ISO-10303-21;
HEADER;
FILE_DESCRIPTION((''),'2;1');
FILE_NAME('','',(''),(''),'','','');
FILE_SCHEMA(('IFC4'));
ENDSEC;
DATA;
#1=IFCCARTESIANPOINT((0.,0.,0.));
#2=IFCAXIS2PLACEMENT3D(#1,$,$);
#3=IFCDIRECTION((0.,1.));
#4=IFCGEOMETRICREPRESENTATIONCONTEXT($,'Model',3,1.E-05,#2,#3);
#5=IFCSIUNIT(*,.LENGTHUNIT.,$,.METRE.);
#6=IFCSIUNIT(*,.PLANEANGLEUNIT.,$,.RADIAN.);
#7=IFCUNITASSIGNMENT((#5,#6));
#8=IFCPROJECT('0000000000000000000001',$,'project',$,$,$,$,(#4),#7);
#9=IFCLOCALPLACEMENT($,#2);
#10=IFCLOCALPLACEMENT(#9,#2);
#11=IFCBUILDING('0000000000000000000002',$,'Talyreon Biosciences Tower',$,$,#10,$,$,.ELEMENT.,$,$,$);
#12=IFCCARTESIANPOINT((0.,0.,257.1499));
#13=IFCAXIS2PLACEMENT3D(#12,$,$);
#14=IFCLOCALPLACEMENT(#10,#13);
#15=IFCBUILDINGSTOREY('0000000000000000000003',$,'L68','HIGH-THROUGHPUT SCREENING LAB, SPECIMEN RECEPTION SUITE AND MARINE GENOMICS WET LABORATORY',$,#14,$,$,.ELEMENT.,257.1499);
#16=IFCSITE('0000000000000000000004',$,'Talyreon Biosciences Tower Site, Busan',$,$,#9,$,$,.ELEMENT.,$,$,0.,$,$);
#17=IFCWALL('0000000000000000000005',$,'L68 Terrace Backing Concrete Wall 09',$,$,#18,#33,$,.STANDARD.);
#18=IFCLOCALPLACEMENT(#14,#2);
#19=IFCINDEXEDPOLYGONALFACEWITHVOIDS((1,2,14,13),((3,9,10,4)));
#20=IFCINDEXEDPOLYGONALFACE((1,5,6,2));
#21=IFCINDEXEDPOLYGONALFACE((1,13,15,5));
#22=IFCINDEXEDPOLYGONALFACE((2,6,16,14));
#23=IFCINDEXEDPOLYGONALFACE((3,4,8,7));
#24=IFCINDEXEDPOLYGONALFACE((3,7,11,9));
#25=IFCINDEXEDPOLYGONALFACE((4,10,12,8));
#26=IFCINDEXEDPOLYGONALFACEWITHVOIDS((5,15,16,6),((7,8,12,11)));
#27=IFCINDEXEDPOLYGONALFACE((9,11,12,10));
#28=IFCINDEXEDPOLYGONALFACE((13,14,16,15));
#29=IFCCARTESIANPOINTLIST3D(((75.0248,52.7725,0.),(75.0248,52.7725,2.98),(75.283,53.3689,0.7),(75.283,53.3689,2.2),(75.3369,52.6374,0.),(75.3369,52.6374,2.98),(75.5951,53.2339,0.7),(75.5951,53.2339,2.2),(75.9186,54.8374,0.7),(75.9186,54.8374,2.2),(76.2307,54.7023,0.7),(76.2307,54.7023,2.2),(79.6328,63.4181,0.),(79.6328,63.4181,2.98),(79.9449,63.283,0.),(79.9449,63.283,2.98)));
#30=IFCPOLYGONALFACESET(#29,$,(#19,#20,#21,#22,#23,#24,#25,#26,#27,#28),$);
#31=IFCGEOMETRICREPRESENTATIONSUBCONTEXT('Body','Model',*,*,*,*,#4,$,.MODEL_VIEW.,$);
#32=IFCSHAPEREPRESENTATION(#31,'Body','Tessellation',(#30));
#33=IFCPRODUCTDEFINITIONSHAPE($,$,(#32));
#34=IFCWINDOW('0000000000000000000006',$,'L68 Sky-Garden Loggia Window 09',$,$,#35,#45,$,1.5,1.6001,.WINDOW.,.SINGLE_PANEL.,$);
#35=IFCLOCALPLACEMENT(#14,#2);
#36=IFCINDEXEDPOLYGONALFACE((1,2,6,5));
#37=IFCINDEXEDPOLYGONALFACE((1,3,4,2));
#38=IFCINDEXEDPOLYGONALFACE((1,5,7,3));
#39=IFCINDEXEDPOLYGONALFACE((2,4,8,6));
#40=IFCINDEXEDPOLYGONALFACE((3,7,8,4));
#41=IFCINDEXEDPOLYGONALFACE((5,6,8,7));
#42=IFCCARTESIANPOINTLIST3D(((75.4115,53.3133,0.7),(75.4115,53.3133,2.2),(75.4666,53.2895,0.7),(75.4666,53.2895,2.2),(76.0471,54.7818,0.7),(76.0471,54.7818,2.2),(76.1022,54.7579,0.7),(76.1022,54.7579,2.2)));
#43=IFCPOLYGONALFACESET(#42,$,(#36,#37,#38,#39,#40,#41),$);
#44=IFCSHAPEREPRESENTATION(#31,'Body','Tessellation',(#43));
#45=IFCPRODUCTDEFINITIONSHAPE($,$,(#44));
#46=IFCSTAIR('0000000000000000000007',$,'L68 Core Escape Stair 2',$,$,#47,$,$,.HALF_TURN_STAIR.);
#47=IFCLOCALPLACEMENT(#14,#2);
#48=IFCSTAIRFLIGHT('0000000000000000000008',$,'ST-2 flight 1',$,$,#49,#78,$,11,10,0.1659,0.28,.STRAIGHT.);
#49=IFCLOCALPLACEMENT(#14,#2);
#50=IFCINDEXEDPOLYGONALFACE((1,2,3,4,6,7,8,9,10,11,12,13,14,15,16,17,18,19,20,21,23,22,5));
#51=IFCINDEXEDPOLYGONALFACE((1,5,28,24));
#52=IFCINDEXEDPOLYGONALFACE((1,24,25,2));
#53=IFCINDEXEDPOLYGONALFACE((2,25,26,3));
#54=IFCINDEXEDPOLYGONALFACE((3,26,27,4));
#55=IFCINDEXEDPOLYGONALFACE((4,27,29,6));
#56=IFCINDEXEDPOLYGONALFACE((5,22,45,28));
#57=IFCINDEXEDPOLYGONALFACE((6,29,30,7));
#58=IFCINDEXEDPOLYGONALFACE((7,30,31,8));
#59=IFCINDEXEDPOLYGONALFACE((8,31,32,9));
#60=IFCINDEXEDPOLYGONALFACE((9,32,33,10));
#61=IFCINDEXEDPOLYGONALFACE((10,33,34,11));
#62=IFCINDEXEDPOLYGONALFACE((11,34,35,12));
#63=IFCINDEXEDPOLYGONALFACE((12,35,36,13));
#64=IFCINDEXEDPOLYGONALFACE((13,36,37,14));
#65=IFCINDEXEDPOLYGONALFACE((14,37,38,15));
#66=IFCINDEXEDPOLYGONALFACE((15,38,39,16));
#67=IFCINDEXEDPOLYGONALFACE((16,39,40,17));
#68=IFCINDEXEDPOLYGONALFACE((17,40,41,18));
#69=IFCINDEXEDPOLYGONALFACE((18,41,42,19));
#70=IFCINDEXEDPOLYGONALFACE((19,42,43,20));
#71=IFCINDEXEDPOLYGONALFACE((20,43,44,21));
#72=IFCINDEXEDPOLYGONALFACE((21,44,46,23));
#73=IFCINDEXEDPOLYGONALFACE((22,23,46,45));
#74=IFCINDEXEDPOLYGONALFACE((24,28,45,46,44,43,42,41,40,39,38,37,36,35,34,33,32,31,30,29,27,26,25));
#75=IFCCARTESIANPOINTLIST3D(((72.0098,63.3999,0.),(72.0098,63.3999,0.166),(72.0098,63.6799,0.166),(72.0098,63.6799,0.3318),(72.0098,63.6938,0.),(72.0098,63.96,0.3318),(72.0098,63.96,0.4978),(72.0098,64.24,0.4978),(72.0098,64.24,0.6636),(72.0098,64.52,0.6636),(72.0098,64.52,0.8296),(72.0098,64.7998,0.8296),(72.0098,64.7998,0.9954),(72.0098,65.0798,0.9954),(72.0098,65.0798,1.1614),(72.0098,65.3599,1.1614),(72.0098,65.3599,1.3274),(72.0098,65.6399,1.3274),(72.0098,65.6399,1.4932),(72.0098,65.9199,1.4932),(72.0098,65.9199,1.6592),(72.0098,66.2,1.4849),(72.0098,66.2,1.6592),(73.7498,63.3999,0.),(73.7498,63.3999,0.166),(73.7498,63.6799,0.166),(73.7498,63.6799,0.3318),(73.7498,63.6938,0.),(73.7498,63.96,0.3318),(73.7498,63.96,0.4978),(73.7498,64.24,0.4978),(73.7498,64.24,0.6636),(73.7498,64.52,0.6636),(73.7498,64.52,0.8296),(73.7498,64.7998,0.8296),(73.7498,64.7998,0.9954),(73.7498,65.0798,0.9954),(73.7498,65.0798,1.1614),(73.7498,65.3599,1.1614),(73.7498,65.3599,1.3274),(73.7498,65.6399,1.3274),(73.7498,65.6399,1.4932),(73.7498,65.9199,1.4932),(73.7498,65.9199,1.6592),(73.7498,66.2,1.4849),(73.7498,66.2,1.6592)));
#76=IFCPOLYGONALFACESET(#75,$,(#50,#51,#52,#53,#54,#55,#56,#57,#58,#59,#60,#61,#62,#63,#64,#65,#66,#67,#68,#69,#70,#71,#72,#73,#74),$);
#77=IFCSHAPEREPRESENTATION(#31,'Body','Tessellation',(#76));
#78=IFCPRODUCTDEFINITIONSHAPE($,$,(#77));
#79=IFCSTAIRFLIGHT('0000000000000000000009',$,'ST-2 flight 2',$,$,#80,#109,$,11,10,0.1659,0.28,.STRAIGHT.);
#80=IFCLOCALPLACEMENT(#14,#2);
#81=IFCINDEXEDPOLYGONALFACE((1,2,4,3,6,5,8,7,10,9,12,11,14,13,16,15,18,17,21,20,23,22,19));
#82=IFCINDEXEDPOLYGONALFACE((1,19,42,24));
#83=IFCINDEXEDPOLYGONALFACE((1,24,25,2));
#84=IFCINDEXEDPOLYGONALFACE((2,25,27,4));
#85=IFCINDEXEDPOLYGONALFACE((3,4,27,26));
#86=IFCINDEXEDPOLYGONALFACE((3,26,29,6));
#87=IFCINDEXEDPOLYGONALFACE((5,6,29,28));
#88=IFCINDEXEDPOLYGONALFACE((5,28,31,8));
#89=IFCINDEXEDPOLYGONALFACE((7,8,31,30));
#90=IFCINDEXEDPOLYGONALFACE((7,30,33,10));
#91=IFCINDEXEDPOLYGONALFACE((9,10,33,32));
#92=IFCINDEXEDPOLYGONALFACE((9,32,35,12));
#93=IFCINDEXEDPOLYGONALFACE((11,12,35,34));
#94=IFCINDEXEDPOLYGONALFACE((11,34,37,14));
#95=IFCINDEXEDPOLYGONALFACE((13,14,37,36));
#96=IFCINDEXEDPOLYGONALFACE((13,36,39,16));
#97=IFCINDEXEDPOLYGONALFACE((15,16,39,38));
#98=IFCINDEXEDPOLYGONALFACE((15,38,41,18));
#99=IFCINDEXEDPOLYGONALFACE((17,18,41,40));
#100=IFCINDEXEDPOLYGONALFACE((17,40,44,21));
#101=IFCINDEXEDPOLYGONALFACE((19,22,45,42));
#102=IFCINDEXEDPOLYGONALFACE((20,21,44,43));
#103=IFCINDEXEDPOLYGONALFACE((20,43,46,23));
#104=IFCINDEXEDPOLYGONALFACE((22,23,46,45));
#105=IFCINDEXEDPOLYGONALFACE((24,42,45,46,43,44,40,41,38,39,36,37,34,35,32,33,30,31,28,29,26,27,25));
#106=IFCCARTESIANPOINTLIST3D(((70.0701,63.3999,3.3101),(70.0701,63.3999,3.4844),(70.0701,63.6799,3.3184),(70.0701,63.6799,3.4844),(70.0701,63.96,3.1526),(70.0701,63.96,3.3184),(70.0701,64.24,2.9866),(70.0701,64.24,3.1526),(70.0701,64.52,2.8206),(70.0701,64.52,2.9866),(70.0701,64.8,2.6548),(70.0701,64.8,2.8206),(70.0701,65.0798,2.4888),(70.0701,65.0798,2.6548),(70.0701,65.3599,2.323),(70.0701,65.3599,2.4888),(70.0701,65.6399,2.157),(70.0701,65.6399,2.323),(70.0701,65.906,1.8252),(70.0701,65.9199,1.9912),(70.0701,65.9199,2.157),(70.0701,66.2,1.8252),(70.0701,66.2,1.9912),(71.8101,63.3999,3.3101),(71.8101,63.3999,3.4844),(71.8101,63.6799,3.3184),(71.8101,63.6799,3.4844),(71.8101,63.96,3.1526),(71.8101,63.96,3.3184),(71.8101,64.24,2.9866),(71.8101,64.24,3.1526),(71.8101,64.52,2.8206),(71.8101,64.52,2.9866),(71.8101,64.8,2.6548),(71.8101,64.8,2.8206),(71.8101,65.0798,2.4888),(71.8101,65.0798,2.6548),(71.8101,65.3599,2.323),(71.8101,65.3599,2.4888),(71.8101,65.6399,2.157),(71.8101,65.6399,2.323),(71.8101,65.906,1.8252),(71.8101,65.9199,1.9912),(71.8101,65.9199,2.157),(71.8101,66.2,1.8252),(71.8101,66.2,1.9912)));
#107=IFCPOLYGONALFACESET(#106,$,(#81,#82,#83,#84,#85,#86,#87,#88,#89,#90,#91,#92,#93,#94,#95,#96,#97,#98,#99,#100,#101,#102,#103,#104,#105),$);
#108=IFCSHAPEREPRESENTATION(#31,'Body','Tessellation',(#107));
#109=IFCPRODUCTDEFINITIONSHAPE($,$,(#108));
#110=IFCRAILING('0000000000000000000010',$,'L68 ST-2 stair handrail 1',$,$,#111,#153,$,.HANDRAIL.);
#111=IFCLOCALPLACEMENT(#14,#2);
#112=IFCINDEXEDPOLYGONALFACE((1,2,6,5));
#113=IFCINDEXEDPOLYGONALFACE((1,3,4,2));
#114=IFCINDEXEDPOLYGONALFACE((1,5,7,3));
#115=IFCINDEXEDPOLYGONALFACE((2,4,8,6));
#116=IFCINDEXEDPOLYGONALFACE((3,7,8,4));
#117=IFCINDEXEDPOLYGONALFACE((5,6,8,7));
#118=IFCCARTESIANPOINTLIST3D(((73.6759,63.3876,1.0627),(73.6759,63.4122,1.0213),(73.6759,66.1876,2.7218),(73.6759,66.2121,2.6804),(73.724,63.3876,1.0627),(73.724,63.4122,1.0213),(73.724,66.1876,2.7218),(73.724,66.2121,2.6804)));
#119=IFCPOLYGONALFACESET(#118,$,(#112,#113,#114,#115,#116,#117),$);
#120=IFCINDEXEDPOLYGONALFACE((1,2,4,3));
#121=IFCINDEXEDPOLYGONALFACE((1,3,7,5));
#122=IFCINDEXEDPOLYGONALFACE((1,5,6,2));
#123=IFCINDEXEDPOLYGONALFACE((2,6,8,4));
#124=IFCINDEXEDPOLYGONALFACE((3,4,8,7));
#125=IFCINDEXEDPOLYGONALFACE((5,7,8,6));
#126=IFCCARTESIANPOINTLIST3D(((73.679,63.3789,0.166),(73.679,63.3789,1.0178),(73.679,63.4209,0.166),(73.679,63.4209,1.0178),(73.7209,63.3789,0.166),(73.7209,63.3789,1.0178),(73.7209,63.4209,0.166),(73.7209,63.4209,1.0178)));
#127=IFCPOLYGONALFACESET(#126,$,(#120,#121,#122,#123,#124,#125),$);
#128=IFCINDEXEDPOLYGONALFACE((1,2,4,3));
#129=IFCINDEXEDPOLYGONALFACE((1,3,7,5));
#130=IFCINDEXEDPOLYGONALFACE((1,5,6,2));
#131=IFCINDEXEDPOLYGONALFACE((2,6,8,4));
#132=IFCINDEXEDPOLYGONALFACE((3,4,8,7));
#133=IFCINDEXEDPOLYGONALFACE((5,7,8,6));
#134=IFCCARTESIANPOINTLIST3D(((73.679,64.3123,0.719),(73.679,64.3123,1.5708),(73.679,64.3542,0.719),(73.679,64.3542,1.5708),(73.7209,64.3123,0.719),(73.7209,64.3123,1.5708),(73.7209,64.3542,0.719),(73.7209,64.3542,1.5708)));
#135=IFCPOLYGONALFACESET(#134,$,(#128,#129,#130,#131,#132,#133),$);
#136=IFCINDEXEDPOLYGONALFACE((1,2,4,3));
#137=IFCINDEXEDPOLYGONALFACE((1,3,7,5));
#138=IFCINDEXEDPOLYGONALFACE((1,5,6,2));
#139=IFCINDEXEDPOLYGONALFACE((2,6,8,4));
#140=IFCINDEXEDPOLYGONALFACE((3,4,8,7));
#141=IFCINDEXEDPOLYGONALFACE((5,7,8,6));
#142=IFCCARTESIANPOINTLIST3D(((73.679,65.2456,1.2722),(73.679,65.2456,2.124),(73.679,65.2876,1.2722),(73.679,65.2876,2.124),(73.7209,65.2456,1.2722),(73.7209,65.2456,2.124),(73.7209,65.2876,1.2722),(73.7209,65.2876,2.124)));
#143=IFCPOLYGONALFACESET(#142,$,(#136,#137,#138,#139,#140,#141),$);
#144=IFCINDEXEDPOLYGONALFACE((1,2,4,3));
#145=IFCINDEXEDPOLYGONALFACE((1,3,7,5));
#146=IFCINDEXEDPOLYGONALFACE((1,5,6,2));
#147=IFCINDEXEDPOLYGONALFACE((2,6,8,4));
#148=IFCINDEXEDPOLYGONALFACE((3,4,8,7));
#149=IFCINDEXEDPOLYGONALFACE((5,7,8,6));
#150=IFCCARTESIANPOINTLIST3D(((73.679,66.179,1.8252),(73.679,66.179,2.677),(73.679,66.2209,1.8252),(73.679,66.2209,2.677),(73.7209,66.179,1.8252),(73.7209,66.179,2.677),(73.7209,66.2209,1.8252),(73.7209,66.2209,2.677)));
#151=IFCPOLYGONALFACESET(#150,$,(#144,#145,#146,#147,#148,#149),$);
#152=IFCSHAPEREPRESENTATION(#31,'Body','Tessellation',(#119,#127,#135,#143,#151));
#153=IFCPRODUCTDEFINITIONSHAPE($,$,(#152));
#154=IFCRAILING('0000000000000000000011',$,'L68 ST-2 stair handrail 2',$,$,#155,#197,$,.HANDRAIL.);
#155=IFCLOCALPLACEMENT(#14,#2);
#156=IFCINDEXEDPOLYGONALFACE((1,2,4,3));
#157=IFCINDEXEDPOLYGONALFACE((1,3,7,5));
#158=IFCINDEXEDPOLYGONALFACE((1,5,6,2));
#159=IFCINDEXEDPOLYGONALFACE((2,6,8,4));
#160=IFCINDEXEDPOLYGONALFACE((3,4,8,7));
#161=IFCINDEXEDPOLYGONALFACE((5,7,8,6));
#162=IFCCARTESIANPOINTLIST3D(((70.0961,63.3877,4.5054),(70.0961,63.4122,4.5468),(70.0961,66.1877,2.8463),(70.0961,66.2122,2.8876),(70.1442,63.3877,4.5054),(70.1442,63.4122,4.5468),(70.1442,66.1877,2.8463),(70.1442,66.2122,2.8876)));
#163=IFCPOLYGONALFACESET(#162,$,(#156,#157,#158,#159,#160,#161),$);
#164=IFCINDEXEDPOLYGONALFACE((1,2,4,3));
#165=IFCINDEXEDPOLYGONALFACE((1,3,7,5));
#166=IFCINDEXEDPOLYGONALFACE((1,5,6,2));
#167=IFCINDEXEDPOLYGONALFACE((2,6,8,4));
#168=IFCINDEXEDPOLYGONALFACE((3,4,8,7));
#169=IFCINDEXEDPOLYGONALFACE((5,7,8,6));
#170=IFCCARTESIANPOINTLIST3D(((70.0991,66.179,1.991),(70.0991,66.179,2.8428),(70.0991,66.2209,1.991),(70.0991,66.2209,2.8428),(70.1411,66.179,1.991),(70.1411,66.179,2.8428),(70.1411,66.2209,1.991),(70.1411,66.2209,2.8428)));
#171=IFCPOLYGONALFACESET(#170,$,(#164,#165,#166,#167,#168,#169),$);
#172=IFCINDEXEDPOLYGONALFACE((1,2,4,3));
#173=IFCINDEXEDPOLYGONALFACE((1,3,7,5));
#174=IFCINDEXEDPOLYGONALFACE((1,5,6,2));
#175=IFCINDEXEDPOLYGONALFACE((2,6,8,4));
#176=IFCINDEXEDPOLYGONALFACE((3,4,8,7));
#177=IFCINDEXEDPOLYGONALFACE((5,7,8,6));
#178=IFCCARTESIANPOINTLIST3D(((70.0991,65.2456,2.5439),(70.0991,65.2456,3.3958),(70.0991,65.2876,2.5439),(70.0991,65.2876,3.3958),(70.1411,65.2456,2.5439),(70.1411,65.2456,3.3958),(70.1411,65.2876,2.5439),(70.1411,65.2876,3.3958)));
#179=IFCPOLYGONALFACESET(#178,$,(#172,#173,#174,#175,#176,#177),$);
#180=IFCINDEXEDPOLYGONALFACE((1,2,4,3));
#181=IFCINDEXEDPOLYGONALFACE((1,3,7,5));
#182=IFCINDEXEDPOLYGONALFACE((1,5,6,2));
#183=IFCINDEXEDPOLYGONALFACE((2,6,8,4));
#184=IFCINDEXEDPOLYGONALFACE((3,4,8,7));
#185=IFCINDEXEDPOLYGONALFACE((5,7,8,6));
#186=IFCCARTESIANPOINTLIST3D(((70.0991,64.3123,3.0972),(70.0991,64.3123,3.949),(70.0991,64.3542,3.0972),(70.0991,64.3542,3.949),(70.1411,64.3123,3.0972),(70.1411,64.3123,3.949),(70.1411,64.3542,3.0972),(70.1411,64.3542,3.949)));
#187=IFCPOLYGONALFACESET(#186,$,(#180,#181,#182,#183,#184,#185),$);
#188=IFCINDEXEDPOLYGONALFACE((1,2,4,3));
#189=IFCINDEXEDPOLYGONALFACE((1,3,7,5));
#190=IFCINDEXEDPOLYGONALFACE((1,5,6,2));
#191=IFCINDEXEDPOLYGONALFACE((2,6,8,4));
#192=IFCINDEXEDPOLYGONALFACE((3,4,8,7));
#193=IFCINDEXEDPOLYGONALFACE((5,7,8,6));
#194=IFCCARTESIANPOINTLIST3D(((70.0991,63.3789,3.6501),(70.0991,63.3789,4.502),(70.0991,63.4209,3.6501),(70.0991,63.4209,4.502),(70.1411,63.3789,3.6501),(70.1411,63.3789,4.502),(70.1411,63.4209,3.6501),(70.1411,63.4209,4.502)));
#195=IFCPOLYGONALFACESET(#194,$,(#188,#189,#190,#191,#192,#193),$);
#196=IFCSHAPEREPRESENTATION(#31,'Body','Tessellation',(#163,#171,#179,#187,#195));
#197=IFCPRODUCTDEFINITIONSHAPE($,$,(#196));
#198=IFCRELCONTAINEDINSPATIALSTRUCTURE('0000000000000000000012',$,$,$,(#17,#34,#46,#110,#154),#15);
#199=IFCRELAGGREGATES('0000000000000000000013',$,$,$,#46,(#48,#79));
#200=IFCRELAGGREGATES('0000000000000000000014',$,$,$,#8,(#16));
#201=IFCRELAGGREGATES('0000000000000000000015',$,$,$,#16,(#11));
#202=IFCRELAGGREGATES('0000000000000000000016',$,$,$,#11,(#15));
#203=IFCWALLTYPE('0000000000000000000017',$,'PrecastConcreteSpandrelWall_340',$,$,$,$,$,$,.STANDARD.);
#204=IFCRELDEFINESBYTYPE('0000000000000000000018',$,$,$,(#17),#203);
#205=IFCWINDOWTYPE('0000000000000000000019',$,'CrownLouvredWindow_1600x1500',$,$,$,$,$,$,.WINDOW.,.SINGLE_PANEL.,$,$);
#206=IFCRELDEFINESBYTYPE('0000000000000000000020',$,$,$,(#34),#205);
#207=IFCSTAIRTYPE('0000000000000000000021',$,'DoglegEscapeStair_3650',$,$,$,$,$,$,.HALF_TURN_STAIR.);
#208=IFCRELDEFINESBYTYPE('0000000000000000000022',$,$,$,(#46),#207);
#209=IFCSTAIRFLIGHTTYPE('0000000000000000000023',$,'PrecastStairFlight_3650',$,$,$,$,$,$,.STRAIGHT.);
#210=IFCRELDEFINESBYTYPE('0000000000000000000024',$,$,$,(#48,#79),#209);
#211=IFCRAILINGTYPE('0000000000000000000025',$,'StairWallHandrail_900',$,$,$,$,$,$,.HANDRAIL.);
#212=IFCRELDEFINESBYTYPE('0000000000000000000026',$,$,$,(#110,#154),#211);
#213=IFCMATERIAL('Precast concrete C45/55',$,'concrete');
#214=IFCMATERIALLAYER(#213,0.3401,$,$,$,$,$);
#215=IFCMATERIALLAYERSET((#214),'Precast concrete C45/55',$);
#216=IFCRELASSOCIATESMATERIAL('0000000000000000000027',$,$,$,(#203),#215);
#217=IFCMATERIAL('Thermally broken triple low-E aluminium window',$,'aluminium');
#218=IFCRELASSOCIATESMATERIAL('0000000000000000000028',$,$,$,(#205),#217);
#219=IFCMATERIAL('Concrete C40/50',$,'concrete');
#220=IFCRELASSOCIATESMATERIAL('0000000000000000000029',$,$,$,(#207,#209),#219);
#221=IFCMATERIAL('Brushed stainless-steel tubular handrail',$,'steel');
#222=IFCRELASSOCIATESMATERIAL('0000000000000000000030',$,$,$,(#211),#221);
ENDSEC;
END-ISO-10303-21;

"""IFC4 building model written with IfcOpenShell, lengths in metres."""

from ifc_helpers import new_model, si_unit, direction, frame, frame_2d, origin, origin_2d, place, context, subcontext, project, spatial, polyline, rectangle, outline, extrude, material, layer, layer_set, type_object, element, fill, aggregate, save


model = new_model("IFC4")

# Units and contexts
model_context = context("Model", 3, precision=1e-05, world=origin(), true_north=direction((0.0, 1.0)))
body_context = subcontext(model_context, "Body", "Model", "MODEL_VIEW")
ifc_project = project(units=[si_unit("LENGTHUNIT", "METRE"), si_unit("PLANEANGLEUNIT", "RADIAN")], contexts=[model_context])

# Site, building, storey
site_placement = place(None, origin())
site = spatial("IfcSite", under=ifc_project, at=site_placement, Name="Talyreon Biosciences Tower Site, Busan", CompositionType="ELEMENT", RefElevation=0.0)
building_placement = place(site_placement, origin())
building = spatial("IfcBuilding", under=site, at=building_placement, Name="Talyreon Biosciences Tower", CompositionType="ELEMENT")
storey_placement = place(building_placement, frame((0.0, 0.0, 257.1499)))
storey = spatial("IfcBuildingStorey", under=building, at=storey_placement, Name="L68", Description="HIGH-THROUGHPUT SCREENING LAB, SPECIMEN RECEPTION SUITE AND MARINE GENOMICS WET LABORATORY", CompositionType="ELEMENT", Elevation=257.1499)

# Shared definitions
ifc_material_1 = material(Name="Precast concrete C45/55", Category="concrete")
ifc_layer_1 = layer(ifc_material_1, 0.3401)
ifc_layer_set_1 = layer_set([ifc_layer_1], Name="Precast concrete C45/55")
wall_type_1 = type_object("IfcWallType", Name="PrecastConcreteSpandrelWall_340", PredefinedType="STANDARD", material=ifc_layer_set_1)

# Wall, opening, window
wall_1_placement = place(storey_placement, frame((79.7888, 63.3506, 0.0), z_axis=(0.0, 0.0, 1.0), x_axis=(-0.397234, -0.917717, 0.0)))
wall_1 = element("IfcWall", 1, at=wall_1_placement, inside=storey, type_object=wall_type_1, Name="L68 Terrace Backing Concrete Wall 09", PredefinedType="STANDARD", context=body_context, shape_type="SweptSolid", body=[
    extrude(rectangle(XDim=11.6001, YDim=0.3401, at=frame_2d((5.8, 0.0))), origin(), (0.0, 0.0, 1.0), 2.98),
])
opening_1_placement = place(wall_1_placement, frame((9.3501, 0.0, 0.7)))
opening_1 = element("IfcOpeningElement", 2, at=opening_1_placement, cuts=wall_1, PredefinedType="OPENING", context=body_context, shape_type="SweptSolid", body=[
    extrude(rectangle(XDim=1.6001, YDim=1.5, at=frame_2d((0.8, 0.75))), frame((0.0, 0.1799, 0.0), z_axis=(0.0, -1.0, 0.0), x_axis=(1.0, 0.0, 0.0)), (0.0, 0.0, 1.0), 0.3601),
])
ifc_material_2 = material(Name="Thermally broken triple low-E aluminium window", Category="aluminium")
window_type = type_object("IfcWindowType", Name="CrownLouvredWindow_1600x1500", PartitioningType="SINGLE_PANEL", PredefinedType="WINDOW", material=ifc_material_2)
window_placement = place(opening_1_placement, origin())
window = element("IfcWindow", 3, at=window_placement, inside=storey, type_object=window_type, Name="L68 Sky-Garden Loggia Window 09", OverallHeight=1.5, OverallWidth=1.6001, PartitioningType="SINGLE_PANEL", PredefinedType="WINDOW", context=body_context, shape_type="SweptSolid", body=[
    extrude(rectangle(XDim=1.6001, YDim=1.5, at=frame_2d((0.8, 0.75))), frame((0.0, 0.03, 0.0), z_axis=(0.0, -1.0, 0.0), x_axis=(1.0, 0.0, 0.0)), (0.0, 0.0, 1.0), 0.0601),
])
fill(opening_1, window)

# Stair, stair flights
ifc_material_3 = material(Name="Concrete C40/50", Category="concrete")
stair_type = type_object("IfcStairType", Name="DoglegEscapeStair_3650", PredefinedType="HALF_TURN_STAIR", material=ifc_material_3)
stair_placement = place(storey_placement, origin())
stair = element("IfcStair", 4, at=stair_placement, inside=storey, type_object=stair_type, Name="L68 Core Escape Stair 2", PredefinedType="HALF_TURN_STAIR")
stair_flight_type = type_object("IfcStairFlightType", Name="PrecastStairFlight_3650", PredefinedType="STRAIGHT", material=ifc_material_3)
stair_flight_1_placement = place(storey_placement, frame((72.8799, 63.3999, 0.0), z_axis=(0.0, 0.0, 1.0), x_axis=(0.0, 1.0, 0.0)))
stair_flight_1 = element("IfcStairFlight", 5, at=stair_flight_1_placement, type_object=stair_flight_type, Name="ST-2 flight 1", NumberOfRisers=11, NumberOfTreads=10, PredefinedType="STRAIGHT", RiserHeight=0.1659, TreadLength=0.28, context=body_context, shape_type="SweptSolid", body=[
    extrude(outline(polyline([(0.0, 0.0), (0.0, 0.166), (0.28, 0.166), (0.28, 0.3318), (0.5601, 0.3318), (0.5601, 0.4978), (0.8401, 0.4978), (0.8401, 0.6636), (1.1201, 0.6636), (1.1201, 0.8296), (1.3999, 0.8296), (1.3999, 0.9954), (1.6799, 0.9954), (1.6799, 1.1614), (1.96, 1.1614), (1.96, 1.3274), (2.24, 1.3274), (2.24, 1.4932), (2.52, 1.4932), (2.52, 1.6592), (2.8, 1.6592), (2.8, 1.825), (2.8, 1.4849), (0.2939, 0.0), (0.0, 0.0)])), frame((0.0, 0.8701, 0.0), z_axis=(0.0, -1.0, 0.0), x_axis=(1.0, 0.0, 0.0)), (0.0, 0.0, 1.0), 1.74),
])
stair_flight_2_placement = place(storey_placement, frame((70.9399, 66.2, 1.8252), z_axis=(0.0, 0.0, 1.0), x_axis=(0.0, -1.0, 0.0)))
stair_flight_2 = element("IfcStairFlight", 6, at=stair_flight_2_placement, type_object=stair_flight_type, Name="ST-2 flight 2", NumberOfRisers=11, NumberOfTreads=10, PredefinedType="STRAIGHT", RiserHeight=0.1659, TreadLength=0.28, context=body_context, shape_type="SweptSolid", body=[
    extrude(outline(polyline([(0.0, 0.0), (0.0, 0.166), (0.28, 0.166), (0.28, 0.3318), (0.5601, 0.3318), (0.5601, 0.4978), (0.8401, 0.4978), (0.8401, 0.6636), (1.1201, 0.6636), (1.1201, 0.8296), (1.3999, 0.8296), (1.3999, 0.9954), (1.6799, 0.9954), (1.6799, 1.1614), (1.96, 1.1614), (1.96, 1.3274), (2.24, 1.3274), (2.24, 1.4932), (2.52, 1.4932), (2.52, 1.6592), (2.8, 1.6592), (2.8, 1.825), (2.8, 1.4849), (0.2939, 0.0), (0.0, 0.0)])), frame((0.0, 0.8701, 0.0), z_axis=(0.0, -1.0, 0.0), x_axis=(1.0, 0.0, 0.0)), (0.0, 0.0, 1.0), 1.74),
])
aggregate(stair, [stair_flight_1, stair_flight_2])

# Railings
ifc_material_4 = material(Name="Brushed stainless-steel tubular handrail", Category="steel")
railing_type_1 = type_object("IfcRailingType", Name="StairWallHandrail_900", PredefinedType="HANDRAIL", material=ifc_material_4)
railing_1_placement = place(storey_placement, frame((73.7, 63.3999, 0.166)))
element("IfcRailing", 7, at=railing_1_placement, inside=storey, type_object=railing_type_1, Name="L68 ST-2 stair handrail 1", PredefinedType="HANDRAIL", context=body_context, shape_type="SweptSolid", body=[
    extrude(rectangle(XDim=0.0481, YDim=0.0481, at=origin_2d()), frame((0.0, 0.0, 0.876), z_axis=(0.0, 0.860306, 0.509778), x_axis=(-1.0, 0.0, 0.0)), (0.0, 0.0, 1.0), 3.2546),
    extrude(rectangle(XDim=0.042, YDim=0.042, at=origin_2d()), origin(), (0.0, 0.0, 1.0), 0.8518),
    extrude(rectangle(XDim=0.042, YDim=0.042, at=origin_2d()), frame((0.0, 0.9333, 0.553)), (0.0, 0.0, 1.0), 0.8518),
    extrude(rectangle(XDim=0.042, YDim=0.042, at=origin_2d()), frame((0.0, 1.8667, 1.1062)), (0.0, 0.0, 1.0), 0.8518),
    extrude(rectangle(XDim=0.042, YDim=0.042, at=origin_2d()), frame((0.0, 2.8, 1.6592)), (0.0, 0.0, 1.0), 0.8518),
])
railing_2_placement = place(storey_placement, frame((70.1201, 66.2, 1.991)))
element("IfcRailing", 8, at=railing_2_placement, inside=storey, type_object=railing_type_1, Name="L68 ST-2 stair handrail 2", PredefinedType="HANDRAIL", context=body_context, shape_type="SweptSolid", body=[
    extrude(rectangle(XDim=0.0481, YDim=0.0481, at=origin_2d()), frame((0.0, 0.0, 0.876), z_axis=(0.0, -0.860306, 0.509778), x_axis=(1.0, 0.0, 0.0)), (0.0, 0.0, 1.0), 3.2546),
    extrude(rectangle(XDim=0.042, YDim=0.042, at=origin_2d()), origin(), (0.0, 0.0, 1.0), 0.8518),
    extrude(rectangle(XDim=0.042, YDim=0.042, at=origin_2d()), frame((0.0, -0.9333, 0.553)), (0.0, 0.0, 1.0), 0.8518),
    extrude(rectangle(XDim=0.042, YDim=0.042, at=origin_2d()), frame((0.0, -1.8667, 1.1062)), (0.0, 0.0, 1.0), 0.8518),
    extrude(rectangle(XDim=0.042, YDim=0.042, at=origin_2d()), frame((0.0, -2.8, 1.6592)), (0.0, 0.0, 1.0), 0.8518),
])

save(model, "model.ifc")
